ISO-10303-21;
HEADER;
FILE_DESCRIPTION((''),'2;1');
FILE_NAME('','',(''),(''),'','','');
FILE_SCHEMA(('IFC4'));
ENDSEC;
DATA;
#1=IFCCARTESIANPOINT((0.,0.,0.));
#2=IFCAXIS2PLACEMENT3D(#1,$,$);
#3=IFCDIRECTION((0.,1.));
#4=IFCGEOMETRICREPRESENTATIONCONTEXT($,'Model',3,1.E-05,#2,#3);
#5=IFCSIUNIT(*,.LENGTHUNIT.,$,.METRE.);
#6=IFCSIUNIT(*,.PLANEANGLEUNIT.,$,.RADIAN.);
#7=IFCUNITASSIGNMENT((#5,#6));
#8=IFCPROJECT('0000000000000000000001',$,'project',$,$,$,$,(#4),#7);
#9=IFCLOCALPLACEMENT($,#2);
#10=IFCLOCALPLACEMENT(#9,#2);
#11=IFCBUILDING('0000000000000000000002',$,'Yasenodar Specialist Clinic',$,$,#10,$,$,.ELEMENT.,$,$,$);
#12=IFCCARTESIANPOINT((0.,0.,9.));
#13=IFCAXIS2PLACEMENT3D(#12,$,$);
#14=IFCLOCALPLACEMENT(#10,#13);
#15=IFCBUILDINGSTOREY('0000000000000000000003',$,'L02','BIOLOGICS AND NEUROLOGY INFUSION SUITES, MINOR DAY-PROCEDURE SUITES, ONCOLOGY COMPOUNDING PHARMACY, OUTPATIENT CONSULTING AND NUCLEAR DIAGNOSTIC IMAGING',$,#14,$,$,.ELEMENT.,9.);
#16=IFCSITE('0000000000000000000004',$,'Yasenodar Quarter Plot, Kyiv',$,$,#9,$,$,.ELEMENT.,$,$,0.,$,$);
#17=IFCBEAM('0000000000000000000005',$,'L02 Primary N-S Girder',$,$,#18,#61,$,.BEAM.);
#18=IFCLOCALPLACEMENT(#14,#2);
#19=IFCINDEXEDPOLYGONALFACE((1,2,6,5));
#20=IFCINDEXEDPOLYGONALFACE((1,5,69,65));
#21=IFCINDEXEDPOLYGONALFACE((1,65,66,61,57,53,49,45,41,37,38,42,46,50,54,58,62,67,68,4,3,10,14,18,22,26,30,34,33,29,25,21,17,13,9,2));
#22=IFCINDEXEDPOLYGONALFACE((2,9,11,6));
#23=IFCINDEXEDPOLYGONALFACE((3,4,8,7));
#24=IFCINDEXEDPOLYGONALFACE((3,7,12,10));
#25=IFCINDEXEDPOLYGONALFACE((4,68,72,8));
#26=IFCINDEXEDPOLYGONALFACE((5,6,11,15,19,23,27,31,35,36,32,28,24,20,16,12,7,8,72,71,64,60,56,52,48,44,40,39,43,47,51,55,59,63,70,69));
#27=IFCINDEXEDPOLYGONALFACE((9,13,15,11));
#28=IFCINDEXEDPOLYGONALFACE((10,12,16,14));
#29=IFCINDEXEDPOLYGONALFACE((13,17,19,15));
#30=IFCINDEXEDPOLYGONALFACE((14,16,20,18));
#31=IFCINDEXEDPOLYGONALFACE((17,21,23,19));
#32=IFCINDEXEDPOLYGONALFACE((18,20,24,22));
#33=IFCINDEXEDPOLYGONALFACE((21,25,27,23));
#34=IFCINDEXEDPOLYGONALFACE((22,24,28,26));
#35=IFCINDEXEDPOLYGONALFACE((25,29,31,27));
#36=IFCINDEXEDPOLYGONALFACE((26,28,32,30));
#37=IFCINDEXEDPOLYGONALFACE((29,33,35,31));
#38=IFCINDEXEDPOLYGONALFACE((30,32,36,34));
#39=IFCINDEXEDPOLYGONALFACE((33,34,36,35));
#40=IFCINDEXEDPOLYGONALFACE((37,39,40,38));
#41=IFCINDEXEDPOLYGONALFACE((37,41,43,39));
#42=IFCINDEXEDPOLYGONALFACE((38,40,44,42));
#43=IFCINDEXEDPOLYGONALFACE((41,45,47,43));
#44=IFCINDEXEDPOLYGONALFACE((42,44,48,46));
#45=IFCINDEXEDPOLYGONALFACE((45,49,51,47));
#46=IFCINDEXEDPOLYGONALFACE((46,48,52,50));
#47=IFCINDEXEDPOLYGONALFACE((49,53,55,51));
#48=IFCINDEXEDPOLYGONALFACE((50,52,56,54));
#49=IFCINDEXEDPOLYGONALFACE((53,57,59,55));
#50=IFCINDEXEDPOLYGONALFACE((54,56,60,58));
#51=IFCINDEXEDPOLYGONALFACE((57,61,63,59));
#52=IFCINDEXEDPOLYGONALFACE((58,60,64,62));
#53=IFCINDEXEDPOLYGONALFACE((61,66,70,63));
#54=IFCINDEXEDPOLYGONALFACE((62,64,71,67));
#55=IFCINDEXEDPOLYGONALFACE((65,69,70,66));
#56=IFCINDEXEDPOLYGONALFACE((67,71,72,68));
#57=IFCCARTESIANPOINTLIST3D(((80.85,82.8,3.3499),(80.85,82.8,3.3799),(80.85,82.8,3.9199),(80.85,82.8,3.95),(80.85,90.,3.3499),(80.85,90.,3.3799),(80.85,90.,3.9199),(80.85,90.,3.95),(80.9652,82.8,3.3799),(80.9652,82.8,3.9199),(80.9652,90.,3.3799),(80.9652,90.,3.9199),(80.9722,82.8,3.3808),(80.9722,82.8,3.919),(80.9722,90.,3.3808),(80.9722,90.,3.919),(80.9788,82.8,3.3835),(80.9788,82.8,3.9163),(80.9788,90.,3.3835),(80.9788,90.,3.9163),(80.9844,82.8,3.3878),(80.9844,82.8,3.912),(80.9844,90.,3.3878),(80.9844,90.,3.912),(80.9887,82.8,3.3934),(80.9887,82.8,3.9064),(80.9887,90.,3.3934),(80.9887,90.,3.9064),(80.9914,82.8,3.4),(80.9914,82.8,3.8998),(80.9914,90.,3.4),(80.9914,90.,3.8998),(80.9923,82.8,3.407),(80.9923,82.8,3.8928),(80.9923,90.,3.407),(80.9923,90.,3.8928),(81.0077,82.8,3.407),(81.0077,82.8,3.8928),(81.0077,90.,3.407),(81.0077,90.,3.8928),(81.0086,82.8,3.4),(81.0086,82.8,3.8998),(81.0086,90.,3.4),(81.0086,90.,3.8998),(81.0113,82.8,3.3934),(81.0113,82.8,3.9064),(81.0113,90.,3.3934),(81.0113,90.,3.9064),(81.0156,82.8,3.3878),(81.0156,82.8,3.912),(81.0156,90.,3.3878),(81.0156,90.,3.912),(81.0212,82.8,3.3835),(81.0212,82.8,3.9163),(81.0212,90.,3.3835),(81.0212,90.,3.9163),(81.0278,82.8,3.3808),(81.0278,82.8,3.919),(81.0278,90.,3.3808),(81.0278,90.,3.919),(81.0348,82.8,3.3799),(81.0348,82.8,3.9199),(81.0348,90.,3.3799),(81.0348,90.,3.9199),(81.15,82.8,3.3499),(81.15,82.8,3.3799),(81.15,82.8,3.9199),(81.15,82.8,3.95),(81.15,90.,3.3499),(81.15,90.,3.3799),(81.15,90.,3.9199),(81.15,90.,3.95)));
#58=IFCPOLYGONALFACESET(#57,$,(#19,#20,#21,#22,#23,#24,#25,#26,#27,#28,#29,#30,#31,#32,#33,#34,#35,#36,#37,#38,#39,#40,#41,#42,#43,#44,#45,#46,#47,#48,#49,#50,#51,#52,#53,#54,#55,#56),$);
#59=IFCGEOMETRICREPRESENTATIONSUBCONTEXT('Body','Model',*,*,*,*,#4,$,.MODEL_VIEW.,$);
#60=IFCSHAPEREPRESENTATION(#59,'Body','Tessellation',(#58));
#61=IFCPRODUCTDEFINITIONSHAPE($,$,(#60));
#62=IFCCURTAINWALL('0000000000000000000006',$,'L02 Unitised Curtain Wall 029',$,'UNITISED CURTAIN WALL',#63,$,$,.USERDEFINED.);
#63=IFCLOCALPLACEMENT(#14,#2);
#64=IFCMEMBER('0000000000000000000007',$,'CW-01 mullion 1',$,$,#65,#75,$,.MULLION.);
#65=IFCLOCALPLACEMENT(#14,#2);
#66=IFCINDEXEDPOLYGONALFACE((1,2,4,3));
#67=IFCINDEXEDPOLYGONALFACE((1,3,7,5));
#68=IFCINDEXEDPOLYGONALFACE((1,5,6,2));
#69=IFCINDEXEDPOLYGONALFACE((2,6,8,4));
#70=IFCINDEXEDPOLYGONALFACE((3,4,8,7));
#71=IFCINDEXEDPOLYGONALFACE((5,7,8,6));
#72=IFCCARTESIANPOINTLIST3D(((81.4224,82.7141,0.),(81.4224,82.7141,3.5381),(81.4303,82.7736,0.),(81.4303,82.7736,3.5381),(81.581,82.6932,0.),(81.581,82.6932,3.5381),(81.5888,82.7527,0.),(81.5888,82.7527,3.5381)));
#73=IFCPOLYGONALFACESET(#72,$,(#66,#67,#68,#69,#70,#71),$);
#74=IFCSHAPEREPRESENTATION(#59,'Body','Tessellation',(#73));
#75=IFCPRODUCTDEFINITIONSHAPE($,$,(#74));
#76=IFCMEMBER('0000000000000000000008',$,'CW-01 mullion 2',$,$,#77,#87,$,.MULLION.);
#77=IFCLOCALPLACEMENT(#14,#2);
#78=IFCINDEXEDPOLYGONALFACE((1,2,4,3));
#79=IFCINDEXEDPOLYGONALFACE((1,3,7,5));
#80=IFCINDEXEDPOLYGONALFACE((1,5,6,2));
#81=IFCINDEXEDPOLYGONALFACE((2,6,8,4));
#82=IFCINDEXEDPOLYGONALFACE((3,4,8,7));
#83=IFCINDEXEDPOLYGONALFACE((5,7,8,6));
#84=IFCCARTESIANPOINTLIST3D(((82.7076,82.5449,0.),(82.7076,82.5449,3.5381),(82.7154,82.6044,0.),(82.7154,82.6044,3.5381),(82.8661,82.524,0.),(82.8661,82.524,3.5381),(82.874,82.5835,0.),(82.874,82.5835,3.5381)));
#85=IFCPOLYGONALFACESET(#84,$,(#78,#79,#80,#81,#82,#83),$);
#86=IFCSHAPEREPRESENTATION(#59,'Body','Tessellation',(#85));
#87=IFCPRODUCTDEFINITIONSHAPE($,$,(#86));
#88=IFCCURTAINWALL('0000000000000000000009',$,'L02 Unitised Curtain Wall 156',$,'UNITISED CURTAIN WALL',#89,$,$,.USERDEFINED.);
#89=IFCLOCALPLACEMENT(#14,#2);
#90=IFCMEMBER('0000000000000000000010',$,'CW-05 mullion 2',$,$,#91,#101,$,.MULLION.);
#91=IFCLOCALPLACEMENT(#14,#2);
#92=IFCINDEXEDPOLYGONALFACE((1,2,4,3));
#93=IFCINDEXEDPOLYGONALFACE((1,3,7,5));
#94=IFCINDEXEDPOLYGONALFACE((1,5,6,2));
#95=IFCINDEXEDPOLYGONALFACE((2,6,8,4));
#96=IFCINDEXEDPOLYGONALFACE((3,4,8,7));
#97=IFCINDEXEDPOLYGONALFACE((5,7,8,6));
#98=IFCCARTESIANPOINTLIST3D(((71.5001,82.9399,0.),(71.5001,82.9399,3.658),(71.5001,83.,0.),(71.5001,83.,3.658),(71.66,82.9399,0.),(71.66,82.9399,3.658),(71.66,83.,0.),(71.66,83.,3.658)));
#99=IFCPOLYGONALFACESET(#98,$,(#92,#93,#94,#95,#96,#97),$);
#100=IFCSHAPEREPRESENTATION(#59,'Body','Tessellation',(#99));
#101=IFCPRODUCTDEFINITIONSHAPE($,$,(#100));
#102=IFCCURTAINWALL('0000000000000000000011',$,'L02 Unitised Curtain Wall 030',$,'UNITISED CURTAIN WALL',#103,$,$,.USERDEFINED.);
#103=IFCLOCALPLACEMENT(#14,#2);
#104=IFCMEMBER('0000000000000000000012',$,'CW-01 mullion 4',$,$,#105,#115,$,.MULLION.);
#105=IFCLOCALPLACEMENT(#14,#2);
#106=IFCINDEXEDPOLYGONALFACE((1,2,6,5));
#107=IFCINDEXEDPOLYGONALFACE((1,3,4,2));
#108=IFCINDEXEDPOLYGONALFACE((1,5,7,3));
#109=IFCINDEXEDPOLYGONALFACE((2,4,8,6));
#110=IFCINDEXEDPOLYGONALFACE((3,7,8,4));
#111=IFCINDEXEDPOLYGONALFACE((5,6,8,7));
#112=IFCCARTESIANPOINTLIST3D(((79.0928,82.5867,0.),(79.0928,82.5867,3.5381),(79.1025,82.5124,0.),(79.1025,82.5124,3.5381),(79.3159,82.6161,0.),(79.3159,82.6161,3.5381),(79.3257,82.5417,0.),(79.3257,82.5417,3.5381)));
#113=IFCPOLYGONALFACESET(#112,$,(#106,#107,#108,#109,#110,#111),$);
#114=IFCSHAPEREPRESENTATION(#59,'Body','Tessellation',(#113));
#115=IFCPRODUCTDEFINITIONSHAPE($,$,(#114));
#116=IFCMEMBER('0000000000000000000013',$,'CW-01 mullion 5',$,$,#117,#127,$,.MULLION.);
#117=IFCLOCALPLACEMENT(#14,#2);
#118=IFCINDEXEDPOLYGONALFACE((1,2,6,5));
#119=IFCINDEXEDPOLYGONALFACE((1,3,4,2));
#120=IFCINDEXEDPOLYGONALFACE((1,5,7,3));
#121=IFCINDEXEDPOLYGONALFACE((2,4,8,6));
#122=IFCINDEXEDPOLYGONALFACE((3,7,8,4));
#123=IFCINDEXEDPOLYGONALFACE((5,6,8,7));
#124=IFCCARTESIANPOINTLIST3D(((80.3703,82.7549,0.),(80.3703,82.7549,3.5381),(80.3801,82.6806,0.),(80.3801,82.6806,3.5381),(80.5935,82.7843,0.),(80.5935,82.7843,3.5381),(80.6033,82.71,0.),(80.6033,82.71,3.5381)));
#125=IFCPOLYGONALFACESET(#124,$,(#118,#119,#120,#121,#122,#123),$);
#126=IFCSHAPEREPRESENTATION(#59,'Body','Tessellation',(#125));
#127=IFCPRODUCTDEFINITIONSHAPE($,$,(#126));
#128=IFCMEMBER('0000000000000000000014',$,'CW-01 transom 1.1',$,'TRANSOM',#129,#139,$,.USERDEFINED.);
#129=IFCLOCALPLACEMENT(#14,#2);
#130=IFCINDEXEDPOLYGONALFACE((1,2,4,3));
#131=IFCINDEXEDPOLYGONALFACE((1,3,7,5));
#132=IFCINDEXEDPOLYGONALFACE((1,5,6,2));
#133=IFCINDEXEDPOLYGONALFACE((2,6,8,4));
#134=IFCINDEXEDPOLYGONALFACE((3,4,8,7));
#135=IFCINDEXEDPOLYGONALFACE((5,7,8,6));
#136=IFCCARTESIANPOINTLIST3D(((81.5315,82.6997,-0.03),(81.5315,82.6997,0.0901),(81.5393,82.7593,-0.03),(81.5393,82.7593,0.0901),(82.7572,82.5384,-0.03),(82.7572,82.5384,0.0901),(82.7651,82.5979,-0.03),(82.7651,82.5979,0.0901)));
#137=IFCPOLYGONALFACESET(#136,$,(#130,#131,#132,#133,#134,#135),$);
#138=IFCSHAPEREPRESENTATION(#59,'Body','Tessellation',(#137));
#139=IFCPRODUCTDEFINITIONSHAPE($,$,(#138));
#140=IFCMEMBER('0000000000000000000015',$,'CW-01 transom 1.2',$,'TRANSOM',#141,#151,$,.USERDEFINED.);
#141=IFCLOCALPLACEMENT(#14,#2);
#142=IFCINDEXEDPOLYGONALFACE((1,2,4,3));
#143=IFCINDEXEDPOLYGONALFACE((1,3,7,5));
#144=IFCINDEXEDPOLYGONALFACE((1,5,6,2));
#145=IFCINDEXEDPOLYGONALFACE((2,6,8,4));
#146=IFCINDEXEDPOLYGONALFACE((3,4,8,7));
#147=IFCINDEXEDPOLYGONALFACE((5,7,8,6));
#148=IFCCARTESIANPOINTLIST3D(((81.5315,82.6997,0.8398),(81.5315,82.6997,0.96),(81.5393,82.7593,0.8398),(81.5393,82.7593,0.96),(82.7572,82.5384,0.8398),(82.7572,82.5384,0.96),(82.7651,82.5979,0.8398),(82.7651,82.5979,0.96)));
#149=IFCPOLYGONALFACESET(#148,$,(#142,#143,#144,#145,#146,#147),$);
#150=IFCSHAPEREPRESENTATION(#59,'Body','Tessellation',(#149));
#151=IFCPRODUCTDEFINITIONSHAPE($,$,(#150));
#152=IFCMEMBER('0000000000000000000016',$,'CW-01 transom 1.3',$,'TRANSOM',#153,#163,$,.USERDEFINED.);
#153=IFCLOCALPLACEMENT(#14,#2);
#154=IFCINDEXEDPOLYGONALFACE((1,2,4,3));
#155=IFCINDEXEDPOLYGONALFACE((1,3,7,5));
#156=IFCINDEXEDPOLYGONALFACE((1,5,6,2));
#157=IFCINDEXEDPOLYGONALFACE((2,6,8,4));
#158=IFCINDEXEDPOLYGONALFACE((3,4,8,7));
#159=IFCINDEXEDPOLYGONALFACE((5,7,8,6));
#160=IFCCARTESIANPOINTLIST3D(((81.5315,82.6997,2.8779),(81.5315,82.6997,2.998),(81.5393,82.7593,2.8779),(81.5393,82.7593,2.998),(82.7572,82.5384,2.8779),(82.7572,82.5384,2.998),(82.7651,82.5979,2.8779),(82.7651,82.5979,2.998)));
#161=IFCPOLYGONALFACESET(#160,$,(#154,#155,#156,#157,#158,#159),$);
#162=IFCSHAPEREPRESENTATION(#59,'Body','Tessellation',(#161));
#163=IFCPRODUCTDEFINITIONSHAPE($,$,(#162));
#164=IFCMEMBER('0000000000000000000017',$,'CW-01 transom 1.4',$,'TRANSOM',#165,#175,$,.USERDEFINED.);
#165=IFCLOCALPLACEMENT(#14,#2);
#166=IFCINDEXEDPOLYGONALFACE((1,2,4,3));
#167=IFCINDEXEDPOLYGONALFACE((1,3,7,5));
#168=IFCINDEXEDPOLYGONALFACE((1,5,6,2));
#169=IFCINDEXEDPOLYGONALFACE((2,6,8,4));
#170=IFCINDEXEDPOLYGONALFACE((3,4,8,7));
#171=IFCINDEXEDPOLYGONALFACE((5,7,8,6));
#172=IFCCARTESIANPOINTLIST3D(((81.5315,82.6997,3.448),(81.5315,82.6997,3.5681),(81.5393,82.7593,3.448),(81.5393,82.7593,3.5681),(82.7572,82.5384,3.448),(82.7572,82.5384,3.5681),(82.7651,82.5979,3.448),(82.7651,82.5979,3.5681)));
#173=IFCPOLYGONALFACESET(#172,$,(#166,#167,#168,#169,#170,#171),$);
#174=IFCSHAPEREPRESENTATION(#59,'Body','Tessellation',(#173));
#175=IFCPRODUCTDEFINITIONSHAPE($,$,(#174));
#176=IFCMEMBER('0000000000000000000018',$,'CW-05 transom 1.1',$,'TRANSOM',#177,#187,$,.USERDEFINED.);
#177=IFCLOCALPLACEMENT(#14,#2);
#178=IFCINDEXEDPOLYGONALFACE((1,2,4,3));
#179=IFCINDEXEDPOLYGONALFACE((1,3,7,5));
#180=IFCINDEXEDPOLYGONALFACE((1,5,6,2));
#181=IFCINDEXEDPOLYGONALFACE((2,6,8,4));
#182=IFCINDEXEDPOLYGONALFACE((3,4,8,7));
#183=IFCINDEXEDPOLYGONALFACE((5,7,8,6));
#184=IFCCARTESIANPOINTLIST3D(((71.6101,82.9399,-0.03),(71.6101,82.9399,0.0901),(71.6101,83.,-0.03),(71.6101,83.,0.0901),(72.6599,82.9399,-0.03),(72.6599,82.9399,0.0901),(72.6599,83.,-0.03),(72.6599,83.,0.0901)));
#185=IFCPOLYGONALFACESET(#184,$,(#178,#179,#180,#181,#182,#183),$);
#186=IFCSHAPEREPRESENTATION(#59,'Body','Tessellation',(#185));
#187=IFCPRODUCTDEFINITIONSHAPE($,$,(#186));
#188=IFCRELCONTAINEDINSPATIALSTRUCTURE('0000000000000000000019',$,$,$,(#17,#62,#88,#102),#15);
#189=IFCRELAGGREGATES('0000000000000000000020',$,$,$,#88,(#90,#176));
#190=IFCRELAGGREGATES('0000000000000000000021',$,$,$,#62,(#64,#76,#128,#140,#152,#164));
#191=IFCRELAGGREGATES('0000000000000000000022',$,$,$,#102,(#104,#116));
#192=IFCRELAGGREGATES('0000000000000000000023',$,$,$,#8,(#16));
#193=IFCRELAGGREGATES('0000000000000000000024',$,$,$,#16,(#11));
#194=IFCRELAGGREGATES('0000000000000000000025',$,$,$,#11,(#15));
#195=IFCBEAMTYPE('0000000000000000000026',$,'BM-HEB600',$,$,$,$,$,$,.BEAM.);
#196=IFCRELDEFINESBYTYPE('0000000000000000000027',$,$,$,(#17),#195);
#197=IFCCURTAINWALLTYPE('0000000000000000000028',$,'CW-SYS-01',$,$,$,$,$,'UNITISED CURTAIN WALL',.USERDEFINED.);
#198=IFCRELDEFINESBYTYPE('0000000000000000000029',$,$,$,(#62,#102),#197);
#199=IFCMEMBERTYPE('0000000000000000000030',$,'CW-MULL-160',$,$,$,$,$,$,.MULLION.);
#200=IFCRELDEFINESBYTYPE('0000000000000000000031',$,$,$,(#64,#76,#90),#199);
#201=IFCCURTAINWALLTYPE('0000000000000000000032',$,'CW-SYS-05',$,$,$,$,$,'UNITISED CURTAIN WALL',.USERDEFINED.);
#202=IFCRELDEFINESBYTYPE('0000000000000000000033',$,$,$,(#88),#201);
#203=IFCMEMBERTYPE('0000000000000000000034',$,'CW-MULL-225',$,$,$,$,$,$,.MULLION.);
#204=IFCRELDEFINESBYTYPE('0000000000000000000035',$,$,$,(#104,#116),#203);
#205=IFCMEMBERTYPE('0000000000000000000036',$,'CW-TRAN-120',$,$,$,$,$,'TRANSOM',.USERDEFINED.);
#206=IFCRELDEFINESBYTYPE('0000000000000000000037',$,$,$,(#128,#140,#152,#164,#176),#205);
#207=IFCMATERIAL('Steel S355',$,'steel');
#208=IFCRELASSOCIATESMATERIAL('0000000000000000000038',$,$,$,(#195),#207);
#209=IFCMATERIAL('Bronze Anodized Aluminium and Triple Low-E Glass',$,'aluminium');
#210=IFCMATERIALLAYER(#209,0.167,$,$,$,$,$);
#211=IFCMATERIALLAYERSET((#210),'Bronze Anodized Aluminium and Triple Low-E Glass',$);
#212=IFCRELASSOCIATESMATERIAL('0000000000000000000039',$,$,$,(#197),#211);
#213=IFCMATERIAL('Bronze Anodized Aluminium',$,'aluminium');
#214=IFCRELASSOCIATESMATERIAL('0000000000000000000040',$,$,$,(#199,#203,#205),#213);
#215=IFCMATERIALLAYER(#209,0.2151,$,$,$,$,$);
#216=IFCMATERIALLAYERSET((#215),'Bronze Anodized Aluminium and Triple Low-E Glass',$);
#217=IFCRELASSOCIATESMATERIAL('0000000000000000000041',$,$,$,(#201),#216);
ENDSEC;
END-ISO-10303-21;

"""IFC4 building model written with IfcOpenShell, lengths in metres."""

from ifc_helpers import new_model, si_unit, direction, frame, origin, origin_2d, place, context, subcontext, project, spatial, rectangle, i_section, extrude, material, layer, layer_set, material_profile, profile_set, type_object, element, aggregate, save


model = new_model("IFC4")

# Units and contexts
model_context = context("Model", 3, precision=1e-05, world=origin(), true_north=direction((0.0, 1.0)))
body_context = subcontext(model_context, "Body", "Model", "MODEL_VIEW")
ifc_project = project(units=[si_unit("LENGTHUNIT", "METRE"), si_unit("PLANEANGLEUNIT", "RADIAN")], contexts=[model_context])

# Site, building, storey
site_placement = place(None, origin())
site = spatial("IfcSite", under=ifc_project, at=site_placement, Name="Yasenodar Quarter Plot, Kyiv", CompositionType="ELEMENT", RefElevation=0.0)
building_placement = place(site_placement, origin())
building = spatial("IfcBuilding", under=site, at=building_placement, Name="Yasenodar Specialist Clinic", CompositionType="ELEMENT")
storey_placement = place(building_placement, frame((0.0, 0.0, 9.0)))
storey = spatial("IfcBuildingStorey", under=building, at=storey_placement, Name="L02", Description="BIOLOGICS AND NEUROLOGY INFUSION SUITES, MINOR DAY-PROCEDURE SUITES, ONCOLOGY COMPOUNDING PHARMACY, OUTPATIENT CONSULTING AND NUCLEAR DIAGNOSTIC IMAGING", CompositionType="ELEMENT", Elevation=9.0)

# Shared definitions
ifc_material_1 = material(Name="Steel S355", Category="steel")

# Beam
ifc_material_profile_1 = material_profile(ifc_material_1, i_section(OverallWidth=0.3, OverallDepth=0.6001, WebThickness=0.0154, FlangeThickness=0.03, FilletRadius=0.0271, at=origin_2d()), Name="HEB 600")
ifc_profile_set_1 = profile_set([ifc_material_profile_1], Name="Steel S355")
beam_type_1 = type_object("IfcBeamType", Name="BM-HEB600", PredefinedType="BEAM", material=ifc_profile_set_1)
beam_1_placement = place(storey_placement, frame((81.0, 82.8, 3.6499), z_axis=(0.0, 1.0, 0.0), x_axis=(-1.0, 0.0, 0.0)))
element("IfcBeam", 1, at=beam_1_placement, inside=storey, type_object=beam_type_1, Name="L02 Primary N-S Girder", PredefinedType="BEAM", context=body_context, shape_type="SweptSolid", body=[
    extrude(i_section(OverallWidth=0.3, OverallDepth=0.6001, WebThickness=0.0154, FlangeThickness=0.03, FilletRadius=0.0271, at=origin_2d()), origin(), (0.0, 0.0, 1.0), 7.2),
])

# Curtain wall, members
ifc_material_2 = material(Name="Bronze Anodized Aluminium and Triple Low-E Glass", Category="aluminium")
ifc_layer_1 = layer(ifc_material_2, 0.167)
ifc_layer_set_1 = layer_set([ifc_layer_1], Name="Bronze Anodized Aluminium and Triple Low-E Glass")
curtain_wall_type_1 = type_object("IfcCurtainWallType", Name="CW-SYS-01", ElementType="UNITISED CURTAIN WALL", PredefinedType="USERDEFINED", material=ifc_layer_set_1)
curtain_wall_1_placement = place(storey_placement, origin())
curtain_wall_1 = element("IfcCurtainWall", 2, at=curtain_wall_1_placement, inside=storey, type_object=curtain_wall_type_1, Name="L02 Unitised Curtain Wall 029", ObjectType="UNITISED CURTAIN WALL", PredefinedType="USERDEFINED")
ifc_material_3 = material(Name="Bronze Anodized Aluminium", Category="aluminium")
ifc_material_profile_2 = material_profile(ifc_material_3, rectangle(XDim=0.0601, YDim=0.1599, at=origin_2d()), Name="CW-MULL 60x160")
ifc_profile_set_2 = profile_set([ifc_material_profile_2], Name="Bronze Anodized Aluminium")
member_type_1 = type_object("IfcMemberType", Name="CW-MULL-160", PredefinedType="MULLION", material=ifc_profile_set_2)
member_1_placement = place(storey_placement, frame((81.5056, 82.7334, 0.0), z_axis=(0.0, 0.0, 1.0), x_axis=(0.130512, 0.991447, 0.0)))
member_1 = element("IfcMember", 3, at=member_1_placement, type_object=member_type_1, Name="CW-01 mullion 1", PredefinedType="MULLION", context=body_context, shape_type="SweptSolid", body=[
    extrude(rectangle(XDim=0.0601, YDim=0.1599, at=origin_2d()), origin(), (0.0, 0.0, 1.0), 3.5381),
])
member_2_placement = place(storey_placement, frame((82.7908, 82.5642, 0.0), z_axis=(0.0, 0.0, 1.0), x_axis=(0.130512, 0.991447, 0.0)))
member_2 = element("IfcMember", 4, at=member_2_placement, type_object=member_type_1, Name="CW-01 mullion 2", PredefinedType="MULLION", context=body_context, shape_type="SweptSolid", body=[
    extrude(rectangle(XDim=0.0601, YDim=0.1599, at=origin_2d()), origin(), (0.0, 0.0, 1.0), 3.5381),
])

# Curtain wall, member
ifc_layer_2 = layer(ifc_material_2, 0.2151)
ifc_layer_set_2 = layer_set([ifc_layer_2], Name="Bronze Anodized Aluminium and Triple Low-E Glass")
curtain_wall_type_2 = type_object("IfcCurtainWallType", Name="CW-SYS-05", ElementType="UNITISED CURTAIN WALL", PredefinedType="USERDEFINED", material=ifc_layer_set_2)
curtain_wall_2_placement = place(storey_placement, origin())
curtain_wall_2 = element("IfcCurtainWall", 5, at=curtain_wall_2_placement, inside=storey, type_object=curtain_wall_type_2, Name="L02 Unitised Curtain Wall 156", ObjectType="UNITISED CURTAIN WALL", PredefinedType="USERDEFINED")
member_3_placement = place(storey_placement, frame((71.5801, 82.97, 0.0), z_axis=(0.0, 0.0, 1.0), x_axis=(0.0, -1.0, 0.0)))
member_3 = element("IfcMember", 6, at=member_3_placement, type_object=member_type_1, Name="CW-05 mullion 2", PredefinedType="MULLION", context=body_context, shape_type="SweptSolid", body=[
    extrude(rectangle(XDim=0.0601, YDim=0.1599, at=origin_2d()), origin(), (0.0, 0.0, 1.0), 3.658),
])

# Curtain wall, members
curtain_wall_3_placement = place(storey_placement, origin())
curtain_wall_3 = element("IfcCurtainWall", 7, at=curtain_wall_3_placement, inside=storey, type_object=curtain_wall_type_1, Name="L02 Unitised Curtain Wall 030", ObjectType="UNITISED CURTAIN WALL", PredefinedType="USERDEFINED")
ifc_material_profile_3 = material_profile(ifc_material_3, rectangle(XDim=0.075, YDim=0.2251, at=origin_2d()), Name="CW-MULL 75x225")
ifc_profile_set_3 = profile_set([ifc_material_profile_3], Name="Bronze Anodized Aluminium")
member_type_2 = type_object("IfcMemberType", Name="CW-MULL-225", PredefinedType="MULLION", material=ifc_profile_set_3)
member_4_placement = place(storey_placement, frame((79.2092, 82.5642, 0.0), z_axis=(0.0, 0.0, 1.0), x_axis=(-0.130512, 0.991447, 0.0)))
member_4 = element("IfcMember", 8, at=member_4_placement, type_object=member_type_2, Name="CW-01 mullion 4", PredefinedType="MULLION", context=body_context, shape_type="SweptSolid", body=[
    extrude(rectangle(XDim=0.075, YDim=0.2251, at=origin_2d()), origin(), (0.0, 0.0, 1.0), 3.5381),
])
member_5_placement = place(storey_placement, frame((80.4868, 82.7324, 0.0), z_axis=(0.0, 0.0, 1.0), x_axis=(-0.130512, 0.991447, 0.0)))
member_5 = element("IfcMember", 9, at=member_5_placement, type_object=member_type_2, Name="CW-01 mullion 5", PredefinedType="MULLION", context=body_context, shape_type="SweptSolid", body=[
    extrude(rectangle(XDim=0.075, YDim=0.2251, at=origin_2d()), origin(), (0.0, 0.0, 1.0), 3.5381),
])

# Members
ifc_material_profile_4 = material_profile(ifc_material_3, rectangle(XDim=0.0601, YDim=0.1201, at=origin_2d()), Name="CW-TRAN 60x120")
ifc_profile_set_4 = profile_set([ifc_material_profile_4], Name="Bronze Anodized Aluminium")
member_type_3 = type_object("IfcMemberType", Name="CW-TRAN-120", ElementType="TRANSOM", PredefinedType="USERDEFINED", material=ifc_profile_set_4)
member_6_placement = place(storey_placement, frame((81.5354, 82.7295, 0.03), z_axis=(0.991446, -0.130521, 0.0), x_axis=(0.130521, 0.991446, 0.0)))
member_6 = element("IfcMember", 10, at=member_6_placement, type_object=member_type_3, Name="CW-01 transom 1.1", ObjectType="TRANSOM", PredefinedType="USERDEFINED", context=body_context, shape_type="SweptSolid", body=[
    extrude(rectangle(XDim=0.0601, YDim=0.1201, at=origin_2d()), origin(), (0.0, 0.0, 1.0), 1.2363),
])
member_7_placement = place(storey_placement, frame((81.5354, 82.7295, 0.8999), z_axis=(0.991446, -0.130521, 0.0), x_axis=(0.130521, 0.991446, 0.0)))
member_7 = element("IfcMember", 11, at=member_7_placement, type_object=member_type_3, Name="CW-01 transom 1.2", ObjectType="TRANSOM", PredefinedType="USERDEFINED", context=body_context, shape_type="SweptSolid", body=[
    extrude(rectangle(XDim=0.0601, YDim=0.1201, at=origin_2d()), origin(), (0.0, 0.0, 1.0), 1.2363),
])
member_8_placement = place(storey_placement, frame((81.5354, 82.7295, 2.938), z_axis=(0.991446, -0.130521, 0.0), x_axis=(0.130521, 0.991446, 0.0)))
member_8 = element("IfcMember", 12, at=member_8_placement, type_object=member_type_3, Name="CW-01 transom 1.3", ObjectType="TRANSOM", PredefinedType="USERDEFINED", context=body_context, shape_type="SweptSolid", body=[
    extrude(rectangle(XDim=0.0601, YDim=0.1201, at=origin_2d()), origin(), (0.0, 0.0, 1.0), 1.2363),
])
member_9_placement = place(storey_placement, frame((81.5354, 82.7295, 3.5081), z_axis=(0.991446, -0.130521, 0.0), x_axis=(0.130521, 0.991446, 0.0)))
member_9 = element("IfcMember", 13, at=member_9_placement, type_object=member_type_3, Name="CW-01 transom 1.4", ObjectType="TRANSOM", PredefinedType="USERDEFINED", context=body_context, shape_type="SweptSolid", body=[
    extrude(rectangle(XDim=0.0601, YDim=0.1201, at=origin_2d()), origin(), (0.0, 0.0, 1.0), 1.2363),
])
member_10_placement = place(storey_placement, frame((72.6599, 82.97, 0.03), z_axis=(-1.0, 0.0, 0.0), x_axis=(0.0, -1.0, 0.0)))
member_10 = element("IfcMember", 14, at=member_10_placement, type_object=member_type_3, Name="CW-05 transom 1.1", ObjectType="TRANSOM", PredefinedType="USERDEFINED", context=body_context, shape_type="SweptSolid", body=[
    extrude(rectangle(XDim=0.0601, YDim=0.1201, at=origin_2d()), origin(), (0.0, 0.0, 1.0), 1.0498),
])

aggregate(curtain_wall_2, [member_3, member_10])
aggregate(curtain_wall_1, [member_1, member_2, member_6, member_7, member_8, member_9])
aggregate(curtain_wall_3, [member_4, member_5])

save(model, "model.ifc")
